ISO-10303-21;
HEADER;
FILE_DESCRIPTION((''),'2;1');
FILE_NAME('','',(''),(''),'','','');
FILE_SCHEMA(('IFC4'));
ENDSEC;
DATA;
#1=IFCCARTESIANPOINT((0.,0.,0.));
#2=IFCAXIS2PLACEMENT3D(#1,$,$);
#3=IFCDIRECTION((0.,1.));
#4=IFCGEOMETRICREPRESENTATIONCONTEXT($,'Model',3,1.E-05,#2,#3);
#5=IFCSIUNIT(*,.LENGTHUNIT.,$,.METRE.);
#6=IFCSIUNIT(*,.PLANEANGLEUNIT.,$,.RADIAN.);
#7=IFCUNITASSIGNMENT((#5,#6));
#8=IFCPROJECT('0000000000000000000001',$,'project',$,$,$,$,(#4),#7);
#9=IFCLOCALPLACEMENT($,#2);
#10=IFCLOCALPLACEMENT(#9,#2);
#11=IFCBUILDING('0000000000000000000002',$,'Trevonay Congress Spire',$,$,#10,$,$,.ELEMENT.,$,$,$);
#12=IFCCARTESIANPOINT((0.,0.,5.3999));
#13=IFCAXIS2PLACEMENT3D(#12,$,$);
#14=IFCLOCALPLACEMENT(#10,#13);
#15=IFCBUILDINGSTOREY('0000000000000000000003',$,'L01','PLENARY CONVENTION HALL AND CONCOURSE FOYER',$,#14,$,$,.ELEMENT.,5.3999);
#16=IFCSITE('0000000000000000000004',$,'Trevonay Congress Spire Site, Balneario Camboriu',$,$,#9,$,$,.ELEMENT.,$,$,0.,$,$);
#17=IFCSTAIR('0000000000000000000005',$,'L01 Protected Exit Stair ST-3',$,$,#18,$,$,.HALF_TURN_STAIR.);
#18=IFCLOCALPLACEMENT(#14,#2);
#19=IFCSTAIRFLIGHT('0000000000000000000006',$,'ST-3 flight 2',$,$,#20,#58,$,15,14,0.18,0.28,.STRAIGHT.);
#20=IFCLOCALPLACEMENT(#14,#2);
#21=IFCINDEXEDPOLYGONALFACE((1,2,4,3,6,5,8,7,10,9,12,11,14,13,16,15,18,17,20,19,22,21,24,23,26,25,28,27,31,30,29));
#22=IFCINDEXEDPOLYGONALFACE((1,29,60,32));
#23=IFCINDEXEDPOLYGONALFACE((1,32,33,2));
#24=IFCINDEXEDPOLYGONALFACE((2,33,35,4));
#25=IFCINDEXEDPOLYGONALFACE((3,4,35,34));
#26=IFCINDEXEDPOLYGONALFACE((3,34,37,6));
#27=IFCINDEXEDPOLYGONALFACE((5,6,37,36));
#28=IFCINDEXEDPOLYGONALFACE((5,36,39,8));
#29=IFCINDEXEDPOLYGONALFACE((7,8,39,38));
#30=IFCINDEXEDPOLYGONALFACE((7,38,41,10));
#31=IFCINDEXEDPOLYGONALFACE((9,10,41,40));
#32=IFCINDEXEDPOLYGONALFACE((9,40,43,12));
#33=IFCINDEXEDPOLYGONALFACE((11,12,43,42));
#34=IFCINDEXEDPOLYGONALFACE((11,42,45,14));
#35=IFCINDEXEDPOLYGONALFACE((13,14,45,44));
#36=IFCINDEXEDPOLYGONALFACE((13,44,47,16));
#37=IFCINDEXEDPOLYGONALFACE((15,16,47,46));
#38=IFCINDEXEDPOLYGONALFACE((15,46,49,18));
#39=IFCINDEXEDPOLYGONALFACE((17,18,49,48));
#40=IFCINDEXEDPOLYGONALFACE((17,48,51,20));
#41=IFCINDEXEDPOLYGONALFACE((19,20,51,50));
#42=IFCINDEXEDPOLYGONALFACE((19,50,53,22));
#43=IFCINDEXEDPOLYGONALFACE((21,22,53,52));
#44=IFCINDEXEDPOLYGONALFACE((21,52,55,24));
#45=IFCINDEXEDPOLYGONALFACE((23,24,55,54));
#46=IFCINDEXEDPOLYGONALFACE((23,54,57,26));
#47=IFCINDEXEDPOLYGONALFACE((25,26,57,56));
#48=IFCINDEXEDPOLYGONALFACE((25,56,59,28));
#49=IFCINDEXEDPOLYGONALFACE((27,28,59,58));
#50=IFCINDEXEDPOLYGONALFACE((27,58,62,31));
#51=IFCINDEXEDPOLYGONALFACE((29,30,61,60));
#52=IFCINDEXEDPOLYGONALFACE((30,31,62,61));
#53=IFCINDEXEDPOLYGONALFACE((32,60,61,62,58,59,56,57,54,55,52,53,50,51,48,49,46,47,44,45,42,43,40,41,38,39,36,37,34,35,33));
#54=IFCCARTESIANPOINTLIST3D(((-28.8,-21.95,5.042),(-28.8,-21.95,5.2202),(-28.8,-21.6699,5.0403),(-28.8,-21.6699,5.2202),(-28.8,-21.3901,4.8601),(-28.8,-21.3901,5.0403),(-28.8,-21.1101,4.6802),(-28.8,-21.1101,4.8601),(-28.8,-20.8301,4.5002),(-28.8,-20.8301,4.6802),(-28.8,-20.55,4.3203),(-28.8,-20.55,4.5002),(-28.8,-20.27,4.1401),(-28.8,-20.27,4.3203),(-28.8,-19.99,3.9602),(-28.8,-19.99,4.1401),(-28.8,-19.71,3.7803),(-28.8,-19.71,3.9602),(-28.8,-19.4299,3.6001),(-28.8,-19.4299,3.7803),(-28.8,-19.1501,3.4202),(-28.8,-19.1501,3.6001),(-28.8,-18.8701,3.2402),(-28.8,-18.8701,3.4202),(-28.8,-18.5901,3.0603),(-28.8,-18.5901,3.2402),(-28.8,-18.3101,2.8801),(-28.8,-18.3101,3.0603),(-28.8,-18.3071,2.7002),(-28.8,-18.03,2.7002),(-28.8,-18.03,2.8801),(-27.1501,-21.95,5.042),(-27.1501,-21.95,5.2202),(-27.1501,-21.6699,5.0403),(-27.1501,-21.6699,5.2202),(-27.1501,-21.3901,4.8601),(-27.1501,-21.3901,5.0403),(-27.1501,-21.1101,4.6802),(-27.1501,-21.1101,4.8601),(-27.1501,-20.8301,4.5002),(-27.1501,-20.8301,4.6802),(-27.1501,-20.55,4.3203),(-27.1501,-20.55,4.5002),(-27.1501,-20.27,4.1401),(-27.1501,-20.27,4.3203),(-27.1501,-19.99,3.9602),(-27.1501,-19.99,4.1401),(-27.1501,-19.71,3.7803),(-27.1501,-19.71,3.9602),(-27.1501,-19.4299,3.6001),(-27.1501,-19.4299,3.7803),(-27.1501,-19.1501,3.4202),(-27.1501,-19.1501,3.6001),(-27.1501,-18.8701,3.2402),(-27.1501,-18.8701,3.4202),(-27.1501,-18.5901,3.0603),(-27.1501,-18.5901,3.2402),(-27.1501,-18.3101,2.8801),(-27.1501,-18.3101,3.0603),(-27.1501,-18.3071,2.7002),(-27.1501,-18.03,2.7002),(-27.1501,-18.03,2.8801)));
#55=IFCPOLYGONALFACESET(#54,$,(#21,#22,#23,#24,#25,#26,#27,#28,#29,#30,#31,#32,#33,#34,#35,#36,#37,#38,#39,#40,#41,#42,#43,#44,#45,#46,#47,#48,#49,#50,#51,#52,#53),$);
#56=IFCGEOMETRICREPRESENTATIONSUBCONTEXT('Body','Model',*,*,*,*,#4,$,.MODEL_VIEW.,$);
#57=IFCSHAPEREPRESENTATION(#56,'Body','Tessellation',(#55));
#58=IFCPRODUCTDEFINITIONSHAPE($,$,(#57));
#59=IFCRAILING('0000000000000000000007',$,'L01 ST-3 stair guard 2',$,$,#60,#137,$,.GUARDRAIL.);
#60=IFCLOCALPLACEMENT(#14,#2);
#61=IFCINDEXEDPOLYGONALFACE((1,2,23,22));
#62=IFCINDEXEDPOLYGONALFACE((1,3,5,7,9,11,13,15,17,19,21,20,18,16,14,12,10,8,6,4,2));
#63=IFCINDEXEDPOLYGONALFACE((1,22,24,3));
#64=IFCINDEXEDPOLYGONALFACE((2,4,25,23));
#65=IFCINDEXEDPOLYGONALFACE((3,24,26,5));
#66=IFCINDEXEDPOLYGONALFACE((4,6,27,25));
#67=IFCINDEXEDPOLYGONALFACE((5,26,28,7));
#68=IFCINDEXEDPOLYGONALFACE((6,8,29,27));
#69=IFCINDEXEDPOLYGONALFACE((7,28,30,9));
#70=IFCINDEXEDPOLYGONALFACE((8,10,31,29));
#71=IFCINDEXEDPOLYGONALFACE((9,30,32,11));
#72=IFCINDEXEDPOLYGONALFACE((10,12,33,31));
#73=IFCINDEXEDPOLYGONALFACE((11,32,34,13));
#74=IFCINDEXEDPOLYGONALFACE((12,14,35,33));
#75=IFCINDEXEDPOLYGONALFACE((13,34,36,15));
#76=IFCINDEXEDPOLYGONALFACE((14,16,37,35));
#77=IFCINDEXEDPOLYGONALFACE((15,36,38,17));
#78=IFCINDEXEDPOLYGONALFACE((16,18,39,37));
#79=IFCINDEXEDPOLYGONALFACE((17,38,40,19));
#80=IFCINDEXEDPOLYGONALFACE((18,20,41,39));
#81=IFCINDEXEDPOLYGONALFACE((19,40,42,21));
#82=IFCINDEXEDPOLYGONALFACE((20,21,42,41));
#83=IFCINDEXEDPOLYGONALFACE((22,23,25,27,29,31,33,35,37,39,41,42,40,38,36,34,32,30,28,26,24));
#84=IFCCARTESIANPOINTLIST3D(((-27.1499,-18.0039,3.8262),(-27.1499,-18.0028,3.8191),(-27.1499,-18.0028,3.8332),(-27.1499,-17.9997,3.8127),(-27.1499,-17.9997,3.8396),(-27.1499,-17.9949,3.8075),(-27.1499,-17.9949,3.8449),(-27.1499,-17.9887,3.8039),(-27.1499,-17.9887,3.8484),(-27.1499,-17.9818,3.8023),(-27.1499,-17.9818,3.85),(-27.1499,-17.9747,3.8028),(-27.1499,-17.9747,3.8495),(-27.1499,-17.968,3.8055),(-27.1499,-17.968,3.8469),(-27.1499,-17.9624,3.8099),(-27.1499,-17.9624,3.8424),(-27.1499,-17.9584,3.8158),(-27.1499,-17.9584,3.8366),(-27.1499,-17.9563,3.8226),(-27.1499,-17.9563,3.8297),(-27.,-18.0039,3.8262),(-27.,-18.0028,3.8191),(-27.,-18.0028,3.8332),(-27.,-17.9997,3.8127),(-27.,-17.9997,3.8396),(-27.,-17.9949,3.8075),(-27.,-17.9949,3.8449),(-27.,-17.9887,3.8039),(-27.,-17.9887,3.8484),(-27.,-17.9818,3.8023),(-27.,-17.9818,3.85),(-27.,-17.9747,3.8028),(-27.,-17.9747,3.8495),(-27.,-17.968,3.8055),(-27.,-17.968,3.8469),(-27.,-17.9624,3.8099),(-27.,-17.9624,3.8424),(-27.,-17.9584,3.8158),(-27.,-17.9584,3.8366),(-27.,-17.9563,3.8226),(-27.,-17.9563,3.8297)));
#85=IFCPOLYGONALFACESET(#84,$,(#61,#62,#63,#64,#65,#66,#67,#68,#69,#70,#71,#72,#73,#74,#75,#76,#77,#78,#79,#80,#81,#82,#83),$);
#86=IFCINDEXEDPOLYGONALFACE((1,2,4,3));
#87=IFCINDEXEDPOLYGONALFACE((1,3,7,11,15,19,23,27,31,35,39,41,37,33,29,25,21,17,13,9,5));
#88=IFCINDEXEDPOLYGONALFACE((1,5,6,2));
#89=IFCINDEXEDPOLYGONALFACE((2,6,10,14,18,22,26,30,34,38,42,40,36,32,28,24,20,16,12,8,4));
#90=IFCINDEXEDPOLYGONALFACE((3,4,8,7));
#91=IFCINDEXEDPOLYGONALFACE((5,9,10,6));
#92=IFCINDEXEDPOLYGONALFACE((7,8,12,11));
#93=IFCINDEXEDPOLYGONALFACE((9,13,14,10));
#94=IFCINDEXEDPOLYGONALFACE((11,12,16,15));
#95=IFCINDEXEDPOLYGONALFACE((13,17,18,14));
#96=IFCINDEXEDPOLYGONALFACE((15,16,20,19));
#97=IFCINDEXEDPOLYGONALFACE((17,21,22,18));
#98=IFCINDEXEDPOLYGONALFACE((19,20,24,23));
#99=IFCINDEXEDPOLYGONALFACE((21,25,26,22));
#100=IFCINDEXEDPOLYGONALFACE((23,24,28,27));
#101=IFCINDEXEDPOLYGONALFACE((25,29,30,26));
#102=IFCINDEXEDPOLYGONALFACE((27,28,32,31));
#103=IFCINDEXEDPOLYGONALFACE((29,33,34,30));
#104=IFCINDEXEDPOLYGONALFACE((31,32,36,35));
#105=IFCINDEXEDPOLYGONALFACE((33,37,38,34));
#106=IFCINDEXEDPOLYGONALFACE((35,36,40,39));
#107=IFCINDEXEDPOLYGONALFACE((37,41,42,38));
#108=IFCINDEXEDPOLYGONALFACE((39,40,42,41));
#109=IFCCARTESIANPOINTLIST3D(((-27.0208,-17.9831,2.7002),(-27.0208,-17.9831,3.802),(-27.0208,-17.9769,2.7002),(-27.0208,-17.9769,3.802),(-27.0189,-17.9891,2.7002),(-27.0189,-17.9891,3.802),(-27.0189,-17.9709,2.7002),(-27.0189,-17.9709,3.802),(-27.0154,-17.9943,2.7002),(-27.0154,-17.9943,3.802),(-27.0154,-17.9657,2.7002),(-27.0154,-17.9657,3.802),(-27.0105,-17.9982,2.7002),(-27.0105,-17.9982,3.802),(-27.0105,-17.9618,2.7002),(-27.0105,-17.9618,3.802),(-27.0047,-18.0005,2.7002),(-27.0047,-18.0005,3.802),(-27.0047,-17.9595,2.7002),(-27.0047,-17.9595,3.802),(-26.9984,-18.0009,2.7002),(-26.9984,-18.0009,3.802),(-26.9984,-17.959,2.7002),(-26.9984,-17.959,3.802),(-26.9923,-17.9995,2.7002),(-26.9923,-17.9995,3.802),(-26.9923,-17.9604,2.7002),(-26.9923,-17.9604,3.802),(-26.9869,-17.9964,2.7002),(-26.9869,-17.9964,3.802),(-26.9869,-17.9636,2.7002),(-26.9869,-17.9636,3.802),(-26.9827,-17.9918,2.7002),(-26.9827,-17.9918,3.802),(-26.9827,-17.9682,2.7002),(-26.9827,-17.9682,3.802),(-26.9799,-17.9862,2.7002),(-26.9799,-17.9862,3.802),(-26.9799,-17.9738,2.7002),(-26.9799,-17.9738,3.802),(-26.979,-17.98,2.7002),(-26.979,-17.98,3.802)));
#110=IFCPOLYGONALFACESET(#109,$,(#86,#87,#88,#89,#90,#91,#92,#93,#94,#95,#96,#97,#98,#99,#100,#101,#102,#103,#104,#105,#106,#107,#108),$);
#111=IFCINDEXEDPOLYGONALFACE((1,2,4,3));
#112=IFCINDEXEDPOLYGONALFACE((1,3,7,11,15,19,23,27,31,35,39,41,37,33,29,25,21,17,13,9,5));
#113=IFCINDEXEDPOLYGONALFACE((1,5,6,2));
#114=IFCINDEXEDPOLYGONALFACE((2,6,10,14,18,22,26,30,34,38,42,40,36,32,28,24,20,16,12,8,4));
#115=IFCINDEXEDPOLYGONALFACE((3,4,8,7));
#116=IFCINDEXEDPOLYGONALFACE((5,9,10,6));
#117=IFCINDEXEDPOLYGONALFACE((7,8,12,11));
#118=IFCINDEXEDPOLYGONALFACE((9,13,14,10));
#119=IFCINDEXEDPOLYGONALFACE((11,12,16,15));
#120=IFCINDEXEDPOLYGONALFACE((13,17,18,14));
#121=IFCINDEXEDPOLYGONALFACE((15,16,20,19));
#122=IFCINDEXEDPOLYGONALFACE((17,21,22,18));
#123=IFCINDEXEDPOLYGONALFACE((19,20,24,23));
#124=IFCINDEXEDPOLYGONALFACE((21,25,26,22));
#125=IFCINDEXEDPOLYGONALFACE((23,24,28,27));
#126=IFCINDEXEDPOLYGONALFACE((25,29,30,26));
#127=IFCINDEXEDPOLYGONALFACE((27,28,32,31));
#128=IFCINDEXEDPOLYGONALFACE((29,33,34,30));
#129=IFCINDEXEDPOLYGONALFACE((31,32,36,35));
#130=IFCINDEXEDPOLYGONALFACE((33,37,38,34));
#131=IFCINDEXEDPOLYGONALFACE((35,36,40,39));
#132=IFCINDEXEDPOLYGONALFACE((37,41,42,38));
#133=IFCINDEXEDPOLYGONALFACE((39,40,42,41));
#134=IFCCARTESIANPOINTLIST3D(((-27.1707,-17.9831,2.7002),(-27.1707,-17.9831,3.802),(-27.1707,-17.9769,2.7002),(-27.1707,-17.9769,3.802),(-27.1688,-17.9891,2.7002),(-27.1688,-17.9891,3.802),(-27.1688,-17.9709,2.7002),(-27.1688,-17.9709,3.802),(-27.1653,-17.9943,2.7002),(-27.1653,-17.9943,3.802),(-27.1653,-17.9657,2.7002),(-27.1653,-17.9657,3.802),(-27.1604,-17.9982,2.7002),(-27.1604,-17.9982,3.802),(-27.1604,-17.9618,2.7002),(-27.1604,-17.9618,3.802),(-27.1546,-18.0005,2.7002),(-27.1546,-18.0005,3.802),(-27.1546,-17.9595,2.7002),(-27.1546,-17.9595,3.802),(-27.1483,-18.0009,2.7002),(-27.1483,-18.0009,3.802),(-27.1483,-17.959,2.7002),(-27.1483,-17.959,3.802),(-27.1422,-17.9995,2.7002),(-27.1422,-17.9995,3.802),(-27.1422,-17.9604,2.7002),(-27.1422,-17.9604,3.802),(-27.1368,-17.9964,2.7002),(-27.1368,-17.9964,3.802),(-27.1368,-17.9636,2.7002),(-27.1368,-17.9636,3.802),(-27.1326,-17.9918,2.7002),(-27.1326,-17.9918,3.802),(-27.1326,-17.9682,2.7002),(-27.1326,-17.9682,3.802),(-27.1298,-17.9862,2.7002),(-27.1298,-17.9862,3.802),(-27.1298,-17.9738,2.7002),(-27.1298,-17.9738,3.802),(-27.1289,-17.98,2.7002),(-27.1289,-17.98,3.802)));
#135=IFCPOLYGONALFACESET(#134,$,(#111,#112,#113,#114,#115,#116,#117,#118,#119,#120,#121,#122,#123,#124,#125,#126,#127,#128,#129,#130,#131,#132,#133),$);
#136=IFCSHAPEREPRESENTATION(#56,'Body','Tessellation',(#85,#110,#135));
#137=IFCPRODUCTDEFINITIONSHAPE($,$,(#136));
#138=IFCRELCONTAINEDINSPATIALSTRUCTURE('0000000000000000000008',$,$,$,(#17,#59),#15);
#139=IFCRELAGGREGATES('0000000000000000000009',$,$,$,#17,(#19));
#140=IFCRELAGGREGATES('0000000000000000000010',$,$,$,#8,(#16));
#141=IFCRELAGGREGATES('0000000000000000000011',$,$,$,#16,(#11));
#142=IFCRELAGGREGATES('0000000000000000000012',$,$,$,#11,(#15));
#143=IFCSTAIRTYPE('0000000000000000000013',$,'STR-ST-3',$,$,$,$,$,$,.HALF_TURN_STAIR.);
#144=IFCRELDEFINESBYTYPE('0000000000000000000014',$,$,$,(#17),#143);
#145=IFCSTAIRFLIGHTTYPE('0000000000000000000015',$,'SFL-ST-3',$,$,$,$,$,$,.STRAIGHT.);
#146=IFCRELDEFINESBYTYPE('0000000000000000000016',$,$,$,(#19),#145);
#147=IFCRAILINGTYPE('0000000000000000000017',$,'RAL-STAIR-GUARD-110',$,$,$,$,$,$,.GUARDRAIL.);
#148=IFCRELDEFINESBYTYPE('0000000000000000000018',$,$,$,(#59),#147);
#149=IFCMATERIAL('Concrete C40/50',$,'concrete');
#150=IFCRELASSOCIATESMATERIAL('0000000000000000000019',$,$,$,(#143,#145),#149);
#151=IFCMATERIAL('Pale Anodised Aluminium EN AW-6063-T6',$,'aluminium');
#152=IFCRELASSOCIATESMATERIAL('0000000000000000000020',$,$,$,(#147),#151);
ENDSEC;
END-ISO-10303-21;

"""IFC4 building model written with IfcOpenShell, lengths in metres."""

from ifc_helpers import new_model, si_unit, direction, frame, origin, origin_2d, place, context, subcontext, project, spatial, polyline, circle, outline, extrude, material, type_object, element, aggregate, save


model = new_model("IFC4")

# Units and contexts
model_context = context("Model", 3, precision=1e-05, world=origin(), true_north=direction((0.0, 1.0)))
body_context = subcontext(model_context, "Body", "Model", "MODEL_VIEW")
ifc_project = project(units=[si_unit("LENGTHUNIT", "METRE"), si_unit("PLANEANGLEUNIT", "RADIAN")], contexts=[model_context])

# Site, building, storey
site_placement = place(None, origin())
site = spatial("IfcSite", under=ifc_project, at=site_placement, Name="Trevonay Congress Spire Site, Balneario Camboriu", CompositionType="ELEMENT", RefElevation=0.0)
building_placement = place(site_placement, origin())
building = spatial("IfcBuilding", under=site, at=building_placement, Name="Trevonay Congress Spire", CompositionType="ELEMENT")
storey_placement = place(building_placement, frame((0.0, 0.0, 5.3999)))
storey = spatial("IfcBuildingStorey", under=building, at=storey_placement, Name="L01", Description="PLENARY CONVENTION HALL AND CONCOURSE FOYER", CompositionType="ELEMENT", Elevation=5.3999)

# Shared definitions
ifc_material_1 = material(Name="Pale Anodised Aluminium EN AW-6063-T6", Category="aluminium")

# Shared definitions
ifc_material_2 = material(Name="Concrete C40/50", Category="concrete")

# Stair, stair flight
stair_type = type_object("IfcStairType", Name="STR-ST-3", PredefinedType="HALF_TURN_STAIR", material=ifc_material_2)
stair_placement = place(storey_placement, origin())
stair = element("IfcStair", 1, at=stair_placement, inside=storey, type_object=stair_type, Name="L01 Protected Exit Stair ST-3", PredefinedType="HALF_TURN_STAIR")
stair_flight_type = type_object("IfcStairFlightType", Name="SFL-ST-3", PredefinedType="STRAIGHT", material=ifc_material_2)
stair_flight_placement = place(storey_placement, frame((-27.9751, -18.03, 2.7002), z_axis=(0.0, 0.0, 1.0), x_axis=(0.0, -1.0, 0.0)))
stair_flight = element("IfcStairFlight", 2, at=stair_flight_placement, type_object=stair_flight_type, Name="ST-3 flight 2", NumberOfRisers=15, NumberOfTreads=14, PredefinedType="STRAIGHT", RiserHeight=0.18, TreadLength=0.28, context=body_context, shape_type="SweptSolid", body=[
    extrude(outline(polyline([(0.0, 0.0), (0.0, 0.1799), (0.28, 0.1799), (0.28, 0.3601), (0.5601, 0.3601), (0.5601, 0.54), (0.8401, 0.54), (0.8401, 0.72), (1.1201, 0.72), (1.1201, 0.8999), (1.3999, 0.8999), (1.3999, 1.0801), (1.6799, 1.0801), (1.6799, 1.26), (1.96, 1.26), (1.96, 1.4399), (2.24, 1.4399), (2.24, 1.6201), (2.52, 1.6201), (2.52, 1.8), (2.8, 1.8), (2.8, 1.98), (3.0801, 1.98), (3.0801, 2.1599), (3.3601, 2.1599), (3.3601, 2.3401), (3.6399, 2.3401), (3.6399, 2.52), (3.9199, 2.52), (3.9199, 2.7), (3.9199, 2.3418), (0.2771, 0.0), (0.0, 0.0)])), frame((0.0, 0.825, 0.0), z_axis=(0.0, -1.0, 0.0), x_axis=(1.0, 0.0, 0.0)), (0.0, 0.0, 1.0), 1.6499),
])
aggregate(stair, [stair_flight])

# Railing
railing_type_1 = type_object("IfcRailingType", Name="RAL-STAIR-GUARD-110", PredefinedType="GUARDRAIL", material=ifc_material_1)
railing_1_placement = place(storey_placement, frame((-27.0, -17.98, 2.7002)))
element("IfcRailing", 3, at=railing_1_placement, inside=storey, type_object=railing_type_1, Name="L01 ST-3 stair guard 2", PredefinedType="GUARDRAIL", context=body_context, shape_type="SweptSolid", body=[
    extrude(circle(Radius=0.0239, at=origin_2d()), frame((0.0, 0.0, 1.126), z_axis=(-1.0, 0.0, 0.0), x_axis=(0.0, -1.0, 0.0)), (0.0, 0.0, 1.0), 0.1499),
    extrude(circle(Radius=0.021, at=origin_2d()), origin(), (0.0, 0.0, 1.0), 1.1018),
    extrude(circle(Radius=0.021, at=origin_2d()), frame((-0.1499, 0.0, 0.0)), (0.0, 0.0, 1.0), 1.1018),
])

save(model, "model.ifc")
